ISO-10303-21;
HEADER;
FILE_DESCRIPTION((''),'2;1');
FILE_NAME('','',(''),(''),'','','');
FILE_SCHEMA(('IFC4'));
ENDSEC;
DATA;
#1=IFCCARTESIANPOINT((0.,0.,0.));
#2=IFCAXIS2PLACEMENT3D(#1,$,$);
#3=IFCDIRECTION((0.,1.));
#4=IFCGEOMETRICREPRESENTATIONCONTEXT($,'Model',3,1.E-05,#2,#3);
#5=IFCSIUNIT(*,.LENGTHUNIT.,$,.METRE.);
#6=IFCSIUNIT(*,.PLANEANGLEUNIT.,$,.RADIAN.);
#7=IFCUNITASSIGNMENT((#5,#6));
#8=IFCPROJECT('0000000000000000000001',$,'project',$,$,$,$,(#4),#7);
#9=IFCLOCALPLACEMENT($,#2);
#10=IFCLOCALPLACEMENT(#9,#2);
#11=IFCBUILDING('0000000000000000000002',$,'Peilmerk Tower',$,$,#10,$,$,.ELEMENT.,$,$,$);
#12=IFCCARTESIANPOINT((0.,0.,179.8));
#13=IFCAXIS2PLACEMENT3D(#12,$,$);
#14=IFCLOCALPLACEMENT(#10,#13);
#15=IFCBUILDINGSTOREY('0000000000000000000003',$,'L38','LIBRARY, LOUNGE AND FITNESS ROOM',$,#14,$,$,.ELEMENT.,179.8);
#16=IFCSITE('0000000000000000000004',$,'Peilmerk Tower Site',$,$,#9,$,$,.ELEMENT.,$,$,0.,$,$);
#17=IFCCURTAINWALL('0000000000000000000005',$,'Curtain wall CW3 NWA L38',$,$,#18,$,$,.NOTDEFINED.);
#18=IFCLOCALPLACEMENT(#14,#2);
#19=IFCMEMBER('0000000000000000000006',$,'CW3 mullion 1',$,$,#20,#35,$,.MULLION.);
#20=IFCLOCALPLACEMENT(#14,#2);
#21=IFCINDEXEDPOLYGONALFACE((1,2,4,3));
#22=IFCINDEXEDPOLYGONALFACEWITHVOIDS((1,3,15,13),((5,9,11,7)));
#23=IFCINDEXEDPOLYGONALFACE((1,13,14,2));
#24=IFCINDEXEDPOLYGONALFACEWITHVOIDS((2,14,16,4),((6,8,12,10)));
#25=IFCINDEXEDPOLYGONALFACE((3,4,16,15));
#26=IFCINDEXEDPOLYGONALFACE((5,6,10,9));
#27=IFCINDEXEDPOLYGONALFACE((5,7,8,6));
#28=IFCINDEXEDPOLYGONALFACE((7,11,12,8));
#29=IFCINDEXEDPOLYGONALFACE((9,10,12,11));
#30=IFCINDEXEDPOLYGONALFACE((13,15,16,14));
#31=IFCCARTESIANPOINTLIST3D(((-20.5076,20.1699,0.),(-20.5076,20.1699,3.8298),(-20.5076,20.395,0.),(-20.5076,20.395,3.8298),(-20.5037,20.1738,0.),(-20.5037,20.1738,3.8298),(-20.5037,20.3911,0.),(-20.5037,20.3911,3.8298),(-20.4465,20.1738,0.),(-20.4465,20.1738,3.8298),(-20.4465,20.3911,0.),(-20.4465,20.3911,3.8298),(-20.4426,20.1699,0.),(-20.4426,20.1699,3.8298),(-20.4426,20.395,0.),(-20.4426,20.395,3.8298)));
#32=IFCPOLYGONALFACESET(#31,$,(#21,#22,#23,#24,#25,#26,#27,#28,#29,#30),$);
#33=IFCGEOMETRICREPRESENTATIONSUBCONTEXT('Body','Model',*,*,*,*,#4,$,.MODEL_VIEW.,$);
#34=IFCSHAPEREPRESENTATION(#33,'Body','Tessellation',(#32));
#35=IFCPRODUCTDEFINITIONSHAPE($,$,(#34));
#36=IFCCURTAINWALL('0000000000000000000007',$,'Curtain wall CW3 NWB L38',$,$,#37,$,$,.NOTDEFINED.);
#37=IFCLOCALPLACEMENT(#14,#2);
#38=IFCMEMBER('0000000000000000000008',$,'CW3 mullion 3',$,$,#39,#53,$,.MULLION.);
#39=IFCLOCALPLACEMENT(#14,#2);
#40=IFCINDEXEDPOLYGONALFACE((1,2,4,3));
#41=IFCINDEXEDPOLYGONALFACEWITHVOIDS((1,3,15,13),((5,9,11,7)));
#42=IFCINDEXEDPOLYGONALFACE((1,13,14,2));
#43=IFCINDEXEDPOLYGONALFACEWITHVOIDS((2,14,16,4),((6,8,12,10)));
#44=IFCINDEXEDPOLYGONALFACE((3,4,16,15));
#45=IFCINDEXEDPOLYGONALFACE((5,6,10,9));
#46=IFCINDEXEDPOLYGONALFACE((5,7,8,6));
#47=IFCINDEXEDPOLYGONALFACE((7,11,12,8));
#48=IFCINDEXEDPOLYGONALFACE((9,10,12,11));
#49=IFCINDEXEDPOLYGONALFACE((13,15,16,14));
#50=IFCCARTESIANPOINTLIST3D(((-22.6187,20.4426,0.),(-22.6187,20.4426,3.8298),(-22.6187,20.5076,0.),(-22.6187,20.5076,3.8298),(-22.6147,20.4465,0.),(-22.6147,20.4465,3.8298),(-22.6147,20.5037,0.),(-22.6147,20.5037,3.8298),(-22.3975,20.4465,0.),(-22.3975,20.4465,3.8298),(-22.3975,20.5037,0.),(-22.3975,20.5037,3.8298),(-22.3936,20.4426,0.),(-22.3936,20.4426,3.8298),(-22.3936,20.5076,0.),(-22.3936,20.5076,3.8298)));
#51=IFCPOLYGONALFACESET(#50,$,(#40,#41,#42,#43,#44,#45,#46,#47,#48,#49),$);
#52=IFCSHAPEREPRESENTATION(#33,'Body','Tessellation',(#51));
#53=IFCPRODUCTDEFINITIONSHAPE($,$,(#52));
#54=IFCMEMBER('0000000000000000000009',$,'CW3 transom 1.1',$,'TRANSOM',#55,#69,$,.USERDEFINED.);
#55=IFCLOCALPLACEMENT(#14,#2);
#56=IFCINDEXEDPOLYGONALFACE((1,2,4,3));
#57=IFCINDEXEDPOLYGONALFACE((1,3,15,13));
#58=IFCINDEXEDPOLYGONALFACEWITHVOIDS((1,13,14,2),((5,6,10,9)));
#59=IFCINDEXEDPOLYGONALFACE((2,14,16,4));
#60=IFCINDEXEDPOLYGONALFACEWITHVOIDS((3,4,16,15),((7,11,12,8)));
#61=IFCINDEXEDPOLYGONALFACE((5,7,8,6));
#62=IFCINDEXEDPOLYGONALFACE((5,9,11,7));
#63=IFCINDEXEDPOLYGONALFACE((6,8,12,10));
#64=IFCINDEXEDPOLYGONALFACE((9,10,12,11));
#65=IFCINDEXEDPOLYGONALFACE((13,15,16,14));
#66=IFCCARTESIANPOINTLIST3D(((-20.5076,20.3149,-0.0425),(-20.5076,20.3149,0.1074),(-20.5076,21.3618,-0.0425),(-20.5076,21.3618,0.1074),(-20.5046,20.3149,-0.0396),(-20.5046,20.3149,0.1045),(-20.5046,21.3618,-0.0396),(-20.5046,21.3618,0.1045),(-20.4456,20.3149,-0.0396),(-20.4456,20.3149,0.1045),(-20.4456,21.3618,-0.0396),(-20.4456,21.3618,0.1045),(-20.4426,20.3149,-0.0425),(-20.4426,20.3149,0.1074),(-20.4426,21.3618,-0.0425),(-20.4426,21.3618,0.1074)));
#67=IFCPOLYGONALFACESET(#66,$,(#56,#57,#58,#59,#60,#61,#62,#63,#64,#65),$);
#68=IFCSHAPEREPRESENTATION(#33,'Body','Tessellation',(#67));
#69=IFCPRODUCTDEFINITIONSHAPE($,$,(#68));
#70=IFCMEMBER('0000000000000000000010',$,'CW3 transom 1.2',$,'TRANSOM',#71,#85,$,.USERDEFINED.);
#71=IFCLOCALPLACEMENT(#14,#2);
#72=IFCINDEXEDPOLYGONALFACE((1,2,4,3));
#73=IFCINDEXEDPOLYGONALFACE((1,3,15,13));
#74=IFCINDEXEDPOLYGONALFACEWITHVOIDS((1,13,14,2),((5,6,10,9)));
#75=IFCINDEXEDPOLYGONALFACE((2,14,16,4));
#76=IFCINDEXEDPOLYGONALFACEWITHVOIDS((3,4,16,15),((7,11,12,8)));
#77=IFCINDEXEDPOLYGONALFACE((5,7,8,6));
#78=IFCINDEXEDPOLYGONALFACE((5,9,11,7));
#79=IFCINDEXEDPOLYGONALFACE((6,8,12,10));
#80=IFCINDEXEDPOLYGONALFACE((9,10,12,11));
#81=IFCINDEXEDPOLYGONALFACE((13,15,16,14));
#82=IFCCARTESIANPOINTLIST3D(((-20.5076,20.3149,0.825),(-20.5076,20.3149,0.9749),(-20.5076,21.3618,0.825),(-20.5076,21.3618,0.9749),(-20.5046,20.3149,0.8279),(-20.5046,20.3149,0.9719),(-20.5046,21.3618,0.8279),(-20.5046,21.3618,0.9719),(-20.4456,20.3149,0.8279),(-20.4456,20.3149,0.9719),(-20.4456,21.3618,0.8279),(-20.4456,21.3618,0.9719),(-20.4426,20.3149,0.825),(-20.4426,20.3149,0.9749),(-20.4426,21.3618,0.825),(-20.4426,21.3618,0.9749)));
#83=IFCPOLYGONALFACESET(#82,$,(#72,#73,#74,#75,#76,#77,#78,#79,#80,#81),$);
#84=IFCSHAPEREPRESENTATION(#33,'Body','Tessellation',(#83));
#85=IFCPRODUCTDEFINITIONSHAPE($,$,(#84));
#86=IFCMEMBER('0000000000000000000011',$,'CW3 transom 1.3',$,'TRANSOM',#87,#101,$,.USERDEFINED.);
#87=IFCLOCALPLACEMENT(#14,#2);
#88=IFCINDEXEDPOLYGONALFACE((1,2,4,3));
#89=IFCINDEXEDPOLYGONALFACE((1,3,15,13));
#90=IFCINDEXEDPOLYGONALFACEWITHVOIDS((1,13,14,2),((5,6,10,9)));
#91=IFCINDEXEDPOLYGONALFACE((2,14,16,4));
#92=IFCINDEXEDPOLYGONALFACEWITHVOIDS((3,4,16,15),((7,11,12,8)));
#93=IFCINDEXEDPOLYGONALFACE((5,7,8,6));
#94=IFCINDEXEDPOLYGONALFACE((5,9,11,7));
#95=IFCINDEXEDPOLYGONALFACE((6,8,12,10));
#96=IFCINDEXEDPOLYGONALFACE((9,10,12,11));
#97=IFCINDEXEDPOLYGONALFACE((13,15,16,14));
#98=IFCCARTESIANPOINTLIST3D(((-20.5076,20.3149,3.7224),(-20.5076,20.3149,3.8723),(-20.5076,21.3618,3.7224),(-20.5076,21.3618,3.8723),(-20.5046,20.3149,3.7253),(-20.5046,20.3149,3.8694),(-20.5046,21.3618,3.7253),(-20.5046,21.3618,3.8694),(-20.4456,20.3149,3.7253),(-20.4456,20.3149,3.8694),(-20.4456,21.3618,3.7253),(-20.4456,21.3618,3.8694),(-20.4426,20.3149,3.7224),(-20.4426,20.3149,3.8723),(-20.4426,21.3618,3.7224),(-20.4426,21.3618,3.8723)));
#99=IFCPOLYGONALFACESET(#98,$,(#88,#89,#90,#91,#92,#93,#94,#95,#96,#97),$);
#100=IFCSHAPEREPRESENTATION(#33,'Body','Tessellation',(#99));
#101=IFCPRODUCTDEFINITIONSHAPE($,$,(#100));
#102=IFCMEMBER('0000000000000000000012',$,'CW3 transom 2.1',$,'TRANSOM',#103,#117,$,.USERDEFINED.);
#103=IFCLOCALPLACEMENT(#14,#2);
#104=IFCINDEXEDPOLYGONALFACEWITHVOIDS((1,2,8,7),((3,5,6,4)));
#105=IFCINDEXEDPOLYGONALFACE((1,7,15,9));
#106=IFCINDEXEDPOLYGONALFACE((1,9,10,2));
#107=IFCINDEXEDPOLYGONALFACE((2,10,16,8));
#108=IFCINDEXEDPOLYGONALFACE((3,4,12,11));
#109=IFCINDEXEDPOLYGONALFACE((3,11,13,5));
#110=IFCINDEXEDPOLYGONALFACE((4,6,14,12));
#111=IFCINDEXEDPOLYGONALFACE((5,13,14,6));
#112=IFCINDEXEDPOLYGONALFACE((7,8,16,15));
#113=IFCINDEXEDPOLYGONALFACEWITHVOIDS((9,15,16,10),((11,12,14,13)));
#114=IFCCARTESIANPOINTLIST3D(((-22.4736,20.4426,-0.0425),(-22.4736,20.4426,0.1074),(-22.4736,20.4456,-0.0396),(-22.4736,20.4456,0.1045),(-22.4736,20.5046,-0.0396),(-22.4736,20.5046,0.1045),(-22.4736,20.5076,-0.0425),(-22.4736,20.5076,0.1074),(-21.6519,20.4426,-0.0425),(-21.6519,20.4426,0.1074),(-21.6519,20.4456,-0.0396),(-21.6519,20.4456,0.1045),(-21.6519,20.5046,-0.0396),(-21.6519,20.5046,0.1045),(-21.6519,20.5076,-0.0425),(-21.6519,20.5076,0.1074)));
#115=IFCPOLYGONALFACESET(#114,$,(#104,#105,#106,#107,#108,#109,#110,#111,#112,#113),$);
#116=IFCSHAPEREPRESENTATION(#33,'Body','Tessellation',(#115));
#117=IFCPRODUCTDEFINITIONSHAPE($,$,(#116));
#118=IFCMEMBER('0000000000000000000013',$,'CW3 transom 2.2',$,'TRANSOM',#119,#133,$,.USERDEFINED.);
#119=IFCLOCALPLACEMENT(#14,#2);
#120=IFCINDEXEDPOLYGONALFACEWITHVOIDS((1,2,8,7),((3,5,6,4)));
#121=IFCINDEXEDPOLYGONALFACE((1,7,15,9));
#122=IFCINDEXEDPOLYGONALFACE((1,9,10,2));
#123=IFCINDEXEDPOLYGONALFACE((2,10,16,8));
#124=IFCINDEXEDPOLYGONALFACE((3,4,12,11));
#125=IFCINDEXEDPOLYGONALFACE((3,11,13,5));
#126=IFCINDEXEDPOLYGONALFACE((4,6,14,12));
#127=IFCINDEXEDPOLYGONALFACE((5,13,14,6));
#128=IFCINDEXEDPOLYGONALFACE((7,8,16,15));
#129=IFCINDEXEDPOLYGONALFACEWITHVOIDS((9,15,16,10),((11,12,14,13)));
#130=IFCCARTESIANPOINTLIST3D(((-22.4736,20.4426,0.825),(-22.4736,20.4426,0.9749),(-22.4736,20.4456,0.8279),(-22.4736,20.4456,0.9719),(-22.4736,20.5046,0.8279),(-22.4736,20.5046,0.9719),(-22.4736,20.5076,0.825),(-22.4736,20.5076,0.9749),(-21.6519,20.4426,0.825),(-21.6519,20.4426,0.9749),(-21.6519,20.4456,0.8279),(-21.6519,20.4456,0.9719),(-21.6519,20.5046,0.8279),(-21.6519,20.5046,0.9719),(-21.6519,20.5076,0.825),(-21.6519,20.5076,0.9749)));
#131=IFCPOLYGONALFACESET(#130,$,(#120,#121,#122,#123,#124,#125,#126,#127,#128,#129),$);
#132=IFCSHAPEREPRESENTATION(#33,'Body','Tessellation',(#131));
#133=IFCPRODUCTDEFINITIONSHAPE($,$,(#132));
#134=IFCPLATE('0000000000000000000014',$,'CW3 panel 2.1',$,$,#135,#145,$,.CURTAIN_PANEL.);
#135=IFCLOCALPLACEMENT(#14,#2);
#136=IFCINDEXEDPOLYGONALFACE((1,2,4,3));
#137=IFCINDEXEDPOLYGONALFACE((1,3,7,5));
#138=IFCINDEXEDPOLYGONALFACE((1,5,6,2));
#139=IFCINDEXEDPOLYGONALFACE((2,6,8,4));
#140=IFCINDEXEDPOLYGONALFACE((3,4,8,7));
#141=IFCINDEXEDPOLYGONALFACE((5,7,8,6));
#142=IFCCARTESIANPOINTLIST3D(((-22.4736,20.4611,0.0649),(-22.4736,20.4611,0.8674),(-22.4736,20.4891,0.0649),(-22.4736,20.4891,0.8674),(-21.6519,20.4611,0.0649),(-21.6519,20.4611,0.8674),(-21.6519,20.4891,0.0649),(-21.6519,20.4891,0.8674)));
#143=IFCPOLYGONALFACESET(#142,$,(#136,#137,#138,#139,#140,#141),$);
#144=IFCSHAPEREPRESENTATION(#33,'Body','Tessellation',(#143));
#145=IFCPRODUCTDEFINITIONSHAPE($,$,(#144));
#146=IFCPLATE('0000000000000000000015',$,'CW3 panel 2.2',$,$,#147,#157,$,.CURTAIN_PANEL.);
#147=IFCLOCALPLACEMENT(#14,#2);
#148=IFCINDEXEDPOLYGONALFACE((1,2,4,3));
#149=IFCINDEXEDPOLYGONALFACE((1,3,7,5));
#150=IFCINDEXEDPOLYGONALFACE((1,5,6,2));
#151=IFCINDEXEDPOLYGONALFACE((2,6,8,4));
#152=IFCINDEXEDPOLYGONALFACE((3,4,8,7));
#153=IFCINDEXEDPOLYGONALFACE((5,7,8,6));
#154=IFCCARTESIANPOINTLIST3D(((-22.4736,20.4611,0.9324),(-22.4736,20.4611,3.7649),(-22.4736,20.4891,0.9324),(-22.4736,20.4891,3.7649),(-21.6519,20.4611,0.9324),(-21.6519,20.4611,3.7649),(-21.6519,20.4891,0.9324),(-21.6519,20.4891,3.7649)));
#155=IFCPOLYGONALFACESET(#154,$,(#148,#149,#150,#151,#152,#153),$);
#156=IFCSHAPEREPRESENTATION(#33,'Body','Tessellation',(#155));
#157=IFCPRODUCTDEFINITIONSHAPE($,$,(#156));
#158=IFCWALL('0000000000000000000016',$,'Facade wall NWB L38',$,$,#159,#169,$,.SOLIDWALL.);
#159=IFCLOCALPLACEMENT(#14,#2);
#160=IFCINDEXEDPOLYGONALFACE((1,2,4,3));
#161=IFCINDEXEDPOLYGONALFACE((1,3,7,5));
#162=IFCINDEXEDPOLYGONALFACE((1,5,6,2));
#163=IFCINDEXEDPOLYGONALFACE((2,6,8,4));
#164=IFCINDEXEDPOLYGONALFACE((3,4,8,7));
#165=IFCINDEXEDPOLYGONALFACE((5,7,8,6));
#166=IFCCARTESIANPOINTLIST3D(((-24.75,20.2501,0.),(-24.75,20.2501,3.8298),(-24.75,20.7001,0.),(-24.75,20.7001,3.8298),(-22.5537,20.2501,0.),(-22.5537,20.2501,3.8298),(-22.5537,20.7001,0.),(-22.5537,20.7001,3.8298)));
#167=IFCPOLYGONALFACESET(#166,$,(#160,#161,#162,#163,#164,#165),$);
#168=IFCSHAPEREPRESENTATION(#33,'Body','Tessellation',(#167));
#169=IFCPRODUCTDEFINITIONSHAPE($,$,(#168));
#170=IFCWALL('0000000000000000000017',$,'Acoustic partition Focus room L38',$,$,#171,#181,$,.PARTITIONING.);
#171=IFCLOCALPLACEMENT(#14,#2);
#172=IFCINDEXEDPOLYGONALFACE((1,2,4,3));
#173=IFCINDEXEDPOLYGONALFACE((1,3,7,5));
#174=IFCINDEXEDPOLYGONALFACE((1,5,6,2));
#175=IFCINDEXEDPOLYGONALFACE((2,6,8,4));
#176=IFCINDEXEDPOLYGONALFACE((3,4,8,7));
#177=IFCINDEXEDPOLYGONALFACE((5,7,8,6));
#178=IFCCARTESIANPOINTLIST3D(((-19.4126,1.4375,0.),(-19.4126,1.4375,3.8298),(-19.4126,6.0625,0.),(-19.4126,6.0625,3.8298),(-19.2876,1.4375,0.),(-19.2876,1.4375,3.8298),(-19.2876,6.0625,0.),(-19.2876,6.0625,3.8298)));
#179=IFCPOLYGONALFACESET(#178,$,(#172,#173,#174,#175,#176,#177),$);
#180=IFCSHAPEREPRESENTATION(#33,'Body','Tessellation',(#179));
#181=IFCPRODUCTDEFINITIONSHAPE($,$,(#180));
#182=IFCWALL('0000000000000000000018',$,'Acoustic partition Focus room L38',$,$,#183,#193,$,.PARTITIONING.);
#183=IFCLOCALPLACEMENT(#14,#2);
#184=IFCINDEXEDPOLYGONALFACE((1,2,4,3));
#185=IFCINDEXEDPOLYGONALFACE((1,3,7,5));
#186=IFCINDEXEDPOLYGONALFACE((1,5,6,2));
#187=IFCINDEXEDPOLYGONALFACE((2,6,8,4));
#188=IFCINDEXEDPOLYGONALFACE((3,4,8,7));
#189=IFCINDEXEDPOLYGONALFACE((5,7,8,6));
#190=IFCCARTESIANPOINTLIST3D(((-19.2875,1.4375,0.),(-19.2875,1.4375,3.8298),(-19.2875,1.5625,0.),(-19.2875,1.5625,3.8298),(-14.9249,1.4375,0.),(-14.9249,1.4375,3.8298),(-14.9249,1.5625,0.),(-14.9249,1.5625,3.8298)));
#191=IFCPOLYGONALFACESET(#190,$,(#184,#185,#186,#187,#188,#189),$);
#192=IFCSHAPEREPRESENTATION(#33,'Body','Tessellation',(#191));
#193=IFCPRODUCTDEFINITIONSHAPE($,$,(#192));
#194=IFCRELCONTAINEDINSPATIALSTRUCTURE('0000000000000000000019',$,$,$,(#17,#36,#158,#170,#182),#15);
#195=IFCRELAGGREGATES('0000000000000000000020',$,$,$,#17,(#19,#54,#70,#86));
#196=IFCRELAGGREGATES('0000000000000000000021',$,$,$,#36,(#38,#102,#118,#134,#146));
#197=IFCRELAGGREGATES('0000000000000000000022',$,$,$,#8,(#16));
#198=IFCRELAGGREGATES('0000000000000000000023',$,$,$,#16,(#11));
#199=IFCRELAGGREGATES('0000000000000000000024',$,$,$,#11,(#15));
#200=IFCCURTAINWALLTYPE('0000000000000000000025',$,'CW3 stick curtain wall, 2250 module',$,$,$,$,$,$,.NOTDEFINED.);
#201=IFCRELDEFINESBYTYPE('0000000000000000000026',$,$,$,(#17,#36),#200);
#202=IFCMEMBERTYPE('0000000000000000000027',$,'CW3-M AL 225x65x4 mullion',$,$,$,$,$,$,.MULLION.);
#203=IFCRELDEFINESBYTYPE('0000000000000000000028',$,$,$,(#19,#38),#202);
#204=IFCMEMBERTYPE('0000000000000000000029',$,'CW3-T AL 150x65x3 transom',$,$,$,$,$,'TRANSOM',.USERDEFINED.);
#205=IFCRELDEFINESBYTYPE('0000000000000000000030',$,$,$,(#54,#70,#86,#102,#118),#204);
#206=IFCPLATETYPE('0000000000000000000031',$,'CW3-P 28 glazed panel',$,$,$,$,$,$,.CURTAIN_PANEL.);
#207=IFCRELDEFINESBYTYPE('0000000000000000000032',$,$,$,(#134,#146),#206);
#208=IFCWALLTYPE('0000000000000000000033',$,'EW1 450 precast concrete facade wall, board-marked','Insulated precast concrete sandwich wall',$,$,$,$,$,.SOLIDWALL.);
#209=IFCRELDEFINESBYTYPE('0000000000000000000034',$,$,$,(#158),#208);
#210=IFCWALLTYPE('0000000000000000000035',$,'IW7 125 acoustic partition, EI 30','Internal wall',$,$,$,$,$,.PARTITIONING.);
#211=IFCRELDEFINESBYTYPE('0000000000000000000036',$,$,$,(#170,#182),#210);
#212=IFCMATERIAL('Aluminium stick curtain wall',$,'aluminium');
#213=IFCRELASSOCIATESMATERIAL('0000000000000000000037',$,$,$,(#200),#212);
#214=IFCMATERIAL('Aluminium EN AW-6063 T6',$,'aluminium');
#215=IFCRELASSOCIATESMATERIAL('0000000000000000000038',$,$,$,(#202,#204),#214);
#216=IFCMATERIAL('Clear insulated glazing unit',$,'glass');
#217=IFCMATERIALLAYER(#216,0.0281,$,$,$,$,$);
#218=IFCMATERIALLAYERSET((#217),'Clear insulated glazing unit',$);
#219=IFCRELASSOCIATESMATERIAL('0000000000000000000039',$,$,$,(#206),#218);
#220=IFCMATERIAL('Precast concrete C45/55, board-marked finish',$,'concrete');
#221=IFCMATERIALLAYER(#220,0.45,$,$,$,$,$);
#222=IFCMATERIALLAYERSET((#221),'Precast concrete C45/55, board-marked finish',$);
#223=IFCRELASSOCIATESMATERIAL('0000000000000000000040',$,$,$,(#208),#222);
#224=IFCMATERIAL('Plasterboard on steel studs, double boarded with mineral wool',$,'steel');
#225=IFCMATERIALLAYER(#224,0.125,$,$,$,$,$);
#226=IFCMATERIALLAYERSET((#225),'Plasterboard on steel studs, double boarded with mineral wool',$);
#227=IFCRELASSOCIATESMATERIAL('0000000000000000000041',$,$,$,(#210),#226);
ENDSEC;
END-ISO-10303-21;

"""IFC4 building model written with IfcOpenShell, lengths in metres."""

from ifc_helpers import new_model, si_unit, direction, frame, frame_2d, origin, origin_2d, place, context, subcontext, project, spatial, rectangle, hollow_rectangle, extrude, material, layer, layer_set, material_profile, profile_set, type_object, element, aggregate, save


model = new_model("IFC4")

# Units and contexts
model_context = context("Model", 3, precision=1e-05, world=origin(), true_north=direction((0.0, 1.0)))
body_context = subcontext(model_context, "Body", "Model", "MODEL_VIEW")
ifc_project = project(units=[si_unit("LENGTHUNIT", "METRE"), si_unit("PLANEANGLEUNIT", "RADIAN")], contexts=[model_context])

# Site, building, storey
site_placement = place(None, origin())
site = spatial("IfcSite", under=ifc_project, at=site_placement, Name="Peilmerk Tower Site", CompositionType="ELEMENT", RefElevation=0.0)
building_placement = place(site_placement, origin())
building = spatial("IfcBuilding", under=site, at=building_placement, Name="Peilmerk Tower", CompositionType="ELEMENT")
storey_placement = place(building_placement, frame((0.0, 0.0, 179.8)))
storey = spatial("IfcBuildingStorey", under=building, at=storey_placement, Name="L38", Description="LIBRARY, LOUNGE AND FITNESS ROOM", CompositionType="ELEMENT", Elevation=179.8)

# Curtain walls, members
ifc_material_1 = material(Name="Aluminium stick curtain wall", Category="aluminium")
curtain_wall_type = type_object("IfcCurtainWallType", Name="CW3 stick curtain wall, 2250 module", PredefinedType="NOTDEFINED", material=ifc_material_1)
curtain_wall_1_placement = place(storey_placement, origin())
curtain_wall_1 = element("IfcCurtainWall", 1, at=curtain_wall_1_placement, inside=storey, type_object=curtain_wall_type, Name="Curtain wall CW3 NWA L38", PredefinedType="NOTDEFINED")
ifc_material_2 = material(Name="Aluminium EN AW-6063 T6", Category="aluminium")
ifc_material_profile_1 = material_profile(ifc_material_2, hollow_rectangle(XDim=0.0649, YDim=0.2251, WallThickness=0.0039, at=origin_2d()), Name="AL 225x65x4")
ifc_profile_set_1 = profile_set([ifc_material_profile_1], Name="Aluminium EN AW-6063 T6")
member_type_1 = type_object("IfcMemberType", Name="CW3-M AL 225x65x4 mullion", PredefinedType="MULLION", material=ifc_profile_set_1)
member_1_placement = place(storey_placement, frame((-20.4751, 20.2825, 0.0), z_axis=(0.0, 0.0, 1.0), x_axis=(-1.0, 0.0, 0.0)))
member_1 = element("IfcMember", 2, at=member_1_placement, type_object=member_type_1, Name="CW3 mullion 1", PredefinedType="MULLION", context=body_context, shape_type="SweptSolid", body=[
    extrude(hollow_rectangle(XDim=0.0649, YDim=0.2251, WallThickness=0.0039, at=origin_2d()), origin(), (0.0, 0.0, 1.0), 3.8298),
])
curtain_wall_2_placement = place(storey_placement, origin())
curtain_wall_2 = element("IfcCurtainWall", 3, at=curtain_wall_2_placement, inside=storey, type_object=curtain_wall_type, Name="Curtain wall CW3 NWB L38", PredefinedType="NOTDEFINED")
member_2_placement = place(storey_placement, frame((-22.5061, 20.4751, 0.0), z_axis=(0.0, 0.0, 1.0), x_axis=(0.0, -1.0, 0.0)))
member_2 = element("IfcMember", 4, at=member_2_placement, type_object=member_type_1, Name="CW3 mullion 3", PredefinedType="MULLION", context=body_context, shape_type="SweptSolid", body=[
    extrude(hollow_rectangle(XDim=0.0649, YDim=0.2251, WallThickness=0.0039, at=origin_2d()), origin(), (0.0, 0.0, 1.0), 3.8298),
])

# Members
ifc_material_profile_2 = material_profile(ifc_material_2, hollow_rectangle(XDim=0.0649, YDim=0.1499, WallThickness=0.0029, at=origin_2d()), Name="AL 150x65x3")
ifc_profile_set_2 = profile_set([ifc_material_profile_2], Name="Aluminium EN AW-6063 T6")
member_type_2 = type_object("IfcMemberType", Name="CW3-T AL 150x65x3 transom", ElementType="TRANSOM", PredefinedType="USERDEFINED", material=ifc_profile_set_2)
member_3_placement = place(storey_placement, frame((-20.4751, 20.3149, 0.0325), z_axis=(0.0, 1.0, 0.0), x_axis=(-1.0, 0.0, 0.0)))
member_3 = element("IfcMember", 5, at=member_3_placement, type_object=member_type_2, Name="CW3 transom 1.1", ObjectType="TRANSOM", PredefinedType="USERDEFINED", context=body_context, shape_type="SweptSolid", body=[
    extrude(hollow_rectangle(XDim=0.0649, YDim=0.1499, WallThickness=0.0029, at=origin_2d()), origin(), (0.0, 0.0, 1.0), 1.0469),
])
member_4_placement = place(storey_placement, frame((-20.4751, 20.3149, 0.8999), z_axis=(0.0, 1.0, 0.0), x_axis=(-1.0, 0.0, 0.0)))
member_4 = element("IfcMember", 6, at=member_4_placement, type_object=member_type_2, Name="CW3 transom 1.2", ObjectType="TRANSOM", PredefinedType="USERDEFINED", context=body_context, shape_type="SweptSolid", body=[
    extrude(hollow_rectangle(XDim=0.0649, YDim=0.1499, WallThickness=0.0029, at=origin_2d()), origin(), (0.0, 0.0, 1.0), 1.0469),
])
member_5_placement = place(storey_placement, frame((-20.4751, 20.3149, 3.7974), z_axis=(0.0, 1.0, 0.0), x_axis=(-1.0, 0.0, 0.0)))
member_5 = element("IfcMember", 7, at=member_5_placement, type_object=member_type_2, Name="CW3 transom 1.3", ObjectType="TRANSOM", PredefinedType="USERDEFINED", context=body_context, shape_type="SweptSolid", body=[
    extrude(hollow_rectangle(XDim=0.0649, YDim=0.1499, WallThickness=0.0029, at=origin_2d()), origin(), (0.0, 0.0, 1.0), 1.0469),
])
aggregate(curtain_wall_1, [member_1, member_3, member_4, member_5])
member_6_placement = place(storey_placement, frame((-21.6519, 20.4751, 0.0325), z_axis=(-1.0, 0.0, 0.0), x_axis=(0.0, -1.0, 0.0)))
member_6 = element("IfcMember", 8, at=member_6_placement, type_object=member_type_2, Name="CW3 transom 2.1", ObjectType="TRANSOM", PredefinedType="USERDEFINED", context=body_context, shape_type="SweptSolid", body=[
    extrude(hollow_rectangle(XDim=0.0649, YDim=0.1499, WallThickness=0.0029, at=origin_2d()), origin(), (0.0, 0.0, 1.0), 0.8218),
])
member_7_placement = place(storey_placement, frame((-21.6519, 20.4751, 0.8999), z_axis=(-1.0, 0.0, 0.0), x_axis=(0.0, -1.0, 0.0)))
member_7 = element("IfcMember", 9, at=member_7_placement, type_object=member_type_2, Name="CW3 transom 2.2", ObjectType="TRANSOM", PredefinedType="USERDEFINED", context=body_context, shape_type="SweptSolid", body=[
    extrude(hollow_rectangle(XDim=0.0649, YDim=0.1499, WallThickness=0.0029, at=origin_2d()), origin(), (0.0, 0.0, 1.0), 0.8218),
])

# Plates
ifc_material_3 = material(Name="Clear insulated glazing unit", Category="glass")
ifc_layer_1 = layer(ifc_material_3, 0.0281)
ifc_layer_set_1 = layer_set([ifc_layer_1], Name="Clear insulated glazing unit")
plate_type = type_object("IfcPlateType", Name="CW3-P 28 glazed panel", PredefinedType="CURTAIN_PANEL", material=ifc_layer_set_1)
plate_1_placement = place(storey_placement, frame((-22.0627, 20.4751, 0.0649), z_axis=(0.0, 0.0, 1.0), x_axis=(-1.0, 0.0, 0.0)))
plate_1 = element("IfcPlate", 10, at=plate_1_placement, type_object=plate_type, Name="CW3 panel 2.1", PredefinedType="CURTAIN_PANEL", context=body_context, shape_type="SweptSolid", body=[
    extrude(rectangle(XDim=0.8218, YDim=0.0281, at=origin_2d()), origin(), (0.0, 0.0, 1.0), 0.8025),
])
plate_2_placement = place(storey_placement, frame((-22.0627, 20.4751, 0.9324), z_axis=(0.0, 0.0, 1.0), x_axis=(-1.0, 0.0, 0.0)))
plate_2 = element("IfcPlate", 11, at=plate_2_placement, type_object=plate_type, Name="CW3 panel 2.2", PredefinedType="CURTAIN_PANEL", context=body_context, shape_type="SweptSolid", body=[
    extrude(rectangle(XDim=0.8218, YDim=0.0281, at=origin_2d()), origin(), (0.0, 0.0, 1.0), 2.8325),
])
aggregate(curtain_wall_2, [member_2, member_6, member_7, plate_1, plate_2])

# Walls
ifc_material_4 = material(Name="Precast concrete C45/55, board-marked finish", Category="concrete")
ifc_layer_2 = layer(ifc_material_4, 0.45)
ifc_layer_set_2 = layer_set([ifc_layer_2], Name="Precast concrete C45/55, board-marked finish")
wall_type_1 = type_object("IfcWallType", Name="EW1 450 precast concrete facade wall, board-marked", Description="Insulated precast concrete sandwich wall", PredefinedType="SOLIDWALL", material=ifc_layer_set_2)
wall_1_placement = place(storey_placement, frame((-22.5537, 20.4751, 0.0), z_axis=(0.0, 0.0, 1.0), x_axis=(-1.0, 0.0, 0.0)))
element("IfcWall", 12, at=wall_1_placement, inside=storey, type_object=wall_type_1, Name="Facade wall NWB L38", PredefinedType="SOLIDWALL", context=body_context, shape_type="SweptSolid", body=[
    extrude(rectangle(XDim=2.1963, YDim=0.45, at=frame_2d((1.0981, 0.0))), origin(), (0.0, 0.0, 1.0), 3.8298),
])
ifc_material_5 = material(Name="Plasterboard on steel studs, double boarded with mineral wool", Category="steel")
ifc_layer_3 = layer(ifc_material_5, 0.125)
ifc_layer_set_3 = layer_set([ifc_layer_3], Name="Plasterboard on steel studs, double boarded with mineral wool")
wall_type_2 = type_object("IfcWallType", Name="IW7 125 acoustic partition, EI 30", Description="Internal wall", PredefinedType="PARTITIONING", material=ifc_layer_set_3)
wall_2_placement = place(storey_placement, frame((-19.3501, 1.4375, 0.0), z_axis=(0.0, 0.0, 1.0), x_axis=(0.0, 1.0, 0.0)))
element("IfcWall", 13, at=wall_2_placement, inside=storey, type_object=wall_type_2, Name="Acoustic partition Focus room L38", PredefinedType="PARTITIONING", context=body_context, shape_type="SweptSolid", body=[
    extrude(rectangle(XDim=4.625, YDim=0.125, at=frame_2d((2.3125, 0.0))), origin(), (0.0, 0.0, 1.0), 3.8298),
])
wall_3_placement = place(storey_placement, frame((-14.925, 1.5, 0.0), z_axis=(0.0, 0.0, 1.0), x_axis=(-1.0, 0.0, 0.0)))
element("IfcWall", 14, at=wall_3_placement, inside=storey, type_object=wall_type_2, Name="Acoustic partition Focus room L38", PredefinedType="PARTITIONING", context=body_context, shape_type="SweptSolid", body=[
    extrude(rectangle(XDim=4.3625, YDim=0.125, at=frame_2d((2.1812, 0.0))), origin(), (0.0, 0.0, 1.0), 3.8298),
])

save(model, "model.ifc")
